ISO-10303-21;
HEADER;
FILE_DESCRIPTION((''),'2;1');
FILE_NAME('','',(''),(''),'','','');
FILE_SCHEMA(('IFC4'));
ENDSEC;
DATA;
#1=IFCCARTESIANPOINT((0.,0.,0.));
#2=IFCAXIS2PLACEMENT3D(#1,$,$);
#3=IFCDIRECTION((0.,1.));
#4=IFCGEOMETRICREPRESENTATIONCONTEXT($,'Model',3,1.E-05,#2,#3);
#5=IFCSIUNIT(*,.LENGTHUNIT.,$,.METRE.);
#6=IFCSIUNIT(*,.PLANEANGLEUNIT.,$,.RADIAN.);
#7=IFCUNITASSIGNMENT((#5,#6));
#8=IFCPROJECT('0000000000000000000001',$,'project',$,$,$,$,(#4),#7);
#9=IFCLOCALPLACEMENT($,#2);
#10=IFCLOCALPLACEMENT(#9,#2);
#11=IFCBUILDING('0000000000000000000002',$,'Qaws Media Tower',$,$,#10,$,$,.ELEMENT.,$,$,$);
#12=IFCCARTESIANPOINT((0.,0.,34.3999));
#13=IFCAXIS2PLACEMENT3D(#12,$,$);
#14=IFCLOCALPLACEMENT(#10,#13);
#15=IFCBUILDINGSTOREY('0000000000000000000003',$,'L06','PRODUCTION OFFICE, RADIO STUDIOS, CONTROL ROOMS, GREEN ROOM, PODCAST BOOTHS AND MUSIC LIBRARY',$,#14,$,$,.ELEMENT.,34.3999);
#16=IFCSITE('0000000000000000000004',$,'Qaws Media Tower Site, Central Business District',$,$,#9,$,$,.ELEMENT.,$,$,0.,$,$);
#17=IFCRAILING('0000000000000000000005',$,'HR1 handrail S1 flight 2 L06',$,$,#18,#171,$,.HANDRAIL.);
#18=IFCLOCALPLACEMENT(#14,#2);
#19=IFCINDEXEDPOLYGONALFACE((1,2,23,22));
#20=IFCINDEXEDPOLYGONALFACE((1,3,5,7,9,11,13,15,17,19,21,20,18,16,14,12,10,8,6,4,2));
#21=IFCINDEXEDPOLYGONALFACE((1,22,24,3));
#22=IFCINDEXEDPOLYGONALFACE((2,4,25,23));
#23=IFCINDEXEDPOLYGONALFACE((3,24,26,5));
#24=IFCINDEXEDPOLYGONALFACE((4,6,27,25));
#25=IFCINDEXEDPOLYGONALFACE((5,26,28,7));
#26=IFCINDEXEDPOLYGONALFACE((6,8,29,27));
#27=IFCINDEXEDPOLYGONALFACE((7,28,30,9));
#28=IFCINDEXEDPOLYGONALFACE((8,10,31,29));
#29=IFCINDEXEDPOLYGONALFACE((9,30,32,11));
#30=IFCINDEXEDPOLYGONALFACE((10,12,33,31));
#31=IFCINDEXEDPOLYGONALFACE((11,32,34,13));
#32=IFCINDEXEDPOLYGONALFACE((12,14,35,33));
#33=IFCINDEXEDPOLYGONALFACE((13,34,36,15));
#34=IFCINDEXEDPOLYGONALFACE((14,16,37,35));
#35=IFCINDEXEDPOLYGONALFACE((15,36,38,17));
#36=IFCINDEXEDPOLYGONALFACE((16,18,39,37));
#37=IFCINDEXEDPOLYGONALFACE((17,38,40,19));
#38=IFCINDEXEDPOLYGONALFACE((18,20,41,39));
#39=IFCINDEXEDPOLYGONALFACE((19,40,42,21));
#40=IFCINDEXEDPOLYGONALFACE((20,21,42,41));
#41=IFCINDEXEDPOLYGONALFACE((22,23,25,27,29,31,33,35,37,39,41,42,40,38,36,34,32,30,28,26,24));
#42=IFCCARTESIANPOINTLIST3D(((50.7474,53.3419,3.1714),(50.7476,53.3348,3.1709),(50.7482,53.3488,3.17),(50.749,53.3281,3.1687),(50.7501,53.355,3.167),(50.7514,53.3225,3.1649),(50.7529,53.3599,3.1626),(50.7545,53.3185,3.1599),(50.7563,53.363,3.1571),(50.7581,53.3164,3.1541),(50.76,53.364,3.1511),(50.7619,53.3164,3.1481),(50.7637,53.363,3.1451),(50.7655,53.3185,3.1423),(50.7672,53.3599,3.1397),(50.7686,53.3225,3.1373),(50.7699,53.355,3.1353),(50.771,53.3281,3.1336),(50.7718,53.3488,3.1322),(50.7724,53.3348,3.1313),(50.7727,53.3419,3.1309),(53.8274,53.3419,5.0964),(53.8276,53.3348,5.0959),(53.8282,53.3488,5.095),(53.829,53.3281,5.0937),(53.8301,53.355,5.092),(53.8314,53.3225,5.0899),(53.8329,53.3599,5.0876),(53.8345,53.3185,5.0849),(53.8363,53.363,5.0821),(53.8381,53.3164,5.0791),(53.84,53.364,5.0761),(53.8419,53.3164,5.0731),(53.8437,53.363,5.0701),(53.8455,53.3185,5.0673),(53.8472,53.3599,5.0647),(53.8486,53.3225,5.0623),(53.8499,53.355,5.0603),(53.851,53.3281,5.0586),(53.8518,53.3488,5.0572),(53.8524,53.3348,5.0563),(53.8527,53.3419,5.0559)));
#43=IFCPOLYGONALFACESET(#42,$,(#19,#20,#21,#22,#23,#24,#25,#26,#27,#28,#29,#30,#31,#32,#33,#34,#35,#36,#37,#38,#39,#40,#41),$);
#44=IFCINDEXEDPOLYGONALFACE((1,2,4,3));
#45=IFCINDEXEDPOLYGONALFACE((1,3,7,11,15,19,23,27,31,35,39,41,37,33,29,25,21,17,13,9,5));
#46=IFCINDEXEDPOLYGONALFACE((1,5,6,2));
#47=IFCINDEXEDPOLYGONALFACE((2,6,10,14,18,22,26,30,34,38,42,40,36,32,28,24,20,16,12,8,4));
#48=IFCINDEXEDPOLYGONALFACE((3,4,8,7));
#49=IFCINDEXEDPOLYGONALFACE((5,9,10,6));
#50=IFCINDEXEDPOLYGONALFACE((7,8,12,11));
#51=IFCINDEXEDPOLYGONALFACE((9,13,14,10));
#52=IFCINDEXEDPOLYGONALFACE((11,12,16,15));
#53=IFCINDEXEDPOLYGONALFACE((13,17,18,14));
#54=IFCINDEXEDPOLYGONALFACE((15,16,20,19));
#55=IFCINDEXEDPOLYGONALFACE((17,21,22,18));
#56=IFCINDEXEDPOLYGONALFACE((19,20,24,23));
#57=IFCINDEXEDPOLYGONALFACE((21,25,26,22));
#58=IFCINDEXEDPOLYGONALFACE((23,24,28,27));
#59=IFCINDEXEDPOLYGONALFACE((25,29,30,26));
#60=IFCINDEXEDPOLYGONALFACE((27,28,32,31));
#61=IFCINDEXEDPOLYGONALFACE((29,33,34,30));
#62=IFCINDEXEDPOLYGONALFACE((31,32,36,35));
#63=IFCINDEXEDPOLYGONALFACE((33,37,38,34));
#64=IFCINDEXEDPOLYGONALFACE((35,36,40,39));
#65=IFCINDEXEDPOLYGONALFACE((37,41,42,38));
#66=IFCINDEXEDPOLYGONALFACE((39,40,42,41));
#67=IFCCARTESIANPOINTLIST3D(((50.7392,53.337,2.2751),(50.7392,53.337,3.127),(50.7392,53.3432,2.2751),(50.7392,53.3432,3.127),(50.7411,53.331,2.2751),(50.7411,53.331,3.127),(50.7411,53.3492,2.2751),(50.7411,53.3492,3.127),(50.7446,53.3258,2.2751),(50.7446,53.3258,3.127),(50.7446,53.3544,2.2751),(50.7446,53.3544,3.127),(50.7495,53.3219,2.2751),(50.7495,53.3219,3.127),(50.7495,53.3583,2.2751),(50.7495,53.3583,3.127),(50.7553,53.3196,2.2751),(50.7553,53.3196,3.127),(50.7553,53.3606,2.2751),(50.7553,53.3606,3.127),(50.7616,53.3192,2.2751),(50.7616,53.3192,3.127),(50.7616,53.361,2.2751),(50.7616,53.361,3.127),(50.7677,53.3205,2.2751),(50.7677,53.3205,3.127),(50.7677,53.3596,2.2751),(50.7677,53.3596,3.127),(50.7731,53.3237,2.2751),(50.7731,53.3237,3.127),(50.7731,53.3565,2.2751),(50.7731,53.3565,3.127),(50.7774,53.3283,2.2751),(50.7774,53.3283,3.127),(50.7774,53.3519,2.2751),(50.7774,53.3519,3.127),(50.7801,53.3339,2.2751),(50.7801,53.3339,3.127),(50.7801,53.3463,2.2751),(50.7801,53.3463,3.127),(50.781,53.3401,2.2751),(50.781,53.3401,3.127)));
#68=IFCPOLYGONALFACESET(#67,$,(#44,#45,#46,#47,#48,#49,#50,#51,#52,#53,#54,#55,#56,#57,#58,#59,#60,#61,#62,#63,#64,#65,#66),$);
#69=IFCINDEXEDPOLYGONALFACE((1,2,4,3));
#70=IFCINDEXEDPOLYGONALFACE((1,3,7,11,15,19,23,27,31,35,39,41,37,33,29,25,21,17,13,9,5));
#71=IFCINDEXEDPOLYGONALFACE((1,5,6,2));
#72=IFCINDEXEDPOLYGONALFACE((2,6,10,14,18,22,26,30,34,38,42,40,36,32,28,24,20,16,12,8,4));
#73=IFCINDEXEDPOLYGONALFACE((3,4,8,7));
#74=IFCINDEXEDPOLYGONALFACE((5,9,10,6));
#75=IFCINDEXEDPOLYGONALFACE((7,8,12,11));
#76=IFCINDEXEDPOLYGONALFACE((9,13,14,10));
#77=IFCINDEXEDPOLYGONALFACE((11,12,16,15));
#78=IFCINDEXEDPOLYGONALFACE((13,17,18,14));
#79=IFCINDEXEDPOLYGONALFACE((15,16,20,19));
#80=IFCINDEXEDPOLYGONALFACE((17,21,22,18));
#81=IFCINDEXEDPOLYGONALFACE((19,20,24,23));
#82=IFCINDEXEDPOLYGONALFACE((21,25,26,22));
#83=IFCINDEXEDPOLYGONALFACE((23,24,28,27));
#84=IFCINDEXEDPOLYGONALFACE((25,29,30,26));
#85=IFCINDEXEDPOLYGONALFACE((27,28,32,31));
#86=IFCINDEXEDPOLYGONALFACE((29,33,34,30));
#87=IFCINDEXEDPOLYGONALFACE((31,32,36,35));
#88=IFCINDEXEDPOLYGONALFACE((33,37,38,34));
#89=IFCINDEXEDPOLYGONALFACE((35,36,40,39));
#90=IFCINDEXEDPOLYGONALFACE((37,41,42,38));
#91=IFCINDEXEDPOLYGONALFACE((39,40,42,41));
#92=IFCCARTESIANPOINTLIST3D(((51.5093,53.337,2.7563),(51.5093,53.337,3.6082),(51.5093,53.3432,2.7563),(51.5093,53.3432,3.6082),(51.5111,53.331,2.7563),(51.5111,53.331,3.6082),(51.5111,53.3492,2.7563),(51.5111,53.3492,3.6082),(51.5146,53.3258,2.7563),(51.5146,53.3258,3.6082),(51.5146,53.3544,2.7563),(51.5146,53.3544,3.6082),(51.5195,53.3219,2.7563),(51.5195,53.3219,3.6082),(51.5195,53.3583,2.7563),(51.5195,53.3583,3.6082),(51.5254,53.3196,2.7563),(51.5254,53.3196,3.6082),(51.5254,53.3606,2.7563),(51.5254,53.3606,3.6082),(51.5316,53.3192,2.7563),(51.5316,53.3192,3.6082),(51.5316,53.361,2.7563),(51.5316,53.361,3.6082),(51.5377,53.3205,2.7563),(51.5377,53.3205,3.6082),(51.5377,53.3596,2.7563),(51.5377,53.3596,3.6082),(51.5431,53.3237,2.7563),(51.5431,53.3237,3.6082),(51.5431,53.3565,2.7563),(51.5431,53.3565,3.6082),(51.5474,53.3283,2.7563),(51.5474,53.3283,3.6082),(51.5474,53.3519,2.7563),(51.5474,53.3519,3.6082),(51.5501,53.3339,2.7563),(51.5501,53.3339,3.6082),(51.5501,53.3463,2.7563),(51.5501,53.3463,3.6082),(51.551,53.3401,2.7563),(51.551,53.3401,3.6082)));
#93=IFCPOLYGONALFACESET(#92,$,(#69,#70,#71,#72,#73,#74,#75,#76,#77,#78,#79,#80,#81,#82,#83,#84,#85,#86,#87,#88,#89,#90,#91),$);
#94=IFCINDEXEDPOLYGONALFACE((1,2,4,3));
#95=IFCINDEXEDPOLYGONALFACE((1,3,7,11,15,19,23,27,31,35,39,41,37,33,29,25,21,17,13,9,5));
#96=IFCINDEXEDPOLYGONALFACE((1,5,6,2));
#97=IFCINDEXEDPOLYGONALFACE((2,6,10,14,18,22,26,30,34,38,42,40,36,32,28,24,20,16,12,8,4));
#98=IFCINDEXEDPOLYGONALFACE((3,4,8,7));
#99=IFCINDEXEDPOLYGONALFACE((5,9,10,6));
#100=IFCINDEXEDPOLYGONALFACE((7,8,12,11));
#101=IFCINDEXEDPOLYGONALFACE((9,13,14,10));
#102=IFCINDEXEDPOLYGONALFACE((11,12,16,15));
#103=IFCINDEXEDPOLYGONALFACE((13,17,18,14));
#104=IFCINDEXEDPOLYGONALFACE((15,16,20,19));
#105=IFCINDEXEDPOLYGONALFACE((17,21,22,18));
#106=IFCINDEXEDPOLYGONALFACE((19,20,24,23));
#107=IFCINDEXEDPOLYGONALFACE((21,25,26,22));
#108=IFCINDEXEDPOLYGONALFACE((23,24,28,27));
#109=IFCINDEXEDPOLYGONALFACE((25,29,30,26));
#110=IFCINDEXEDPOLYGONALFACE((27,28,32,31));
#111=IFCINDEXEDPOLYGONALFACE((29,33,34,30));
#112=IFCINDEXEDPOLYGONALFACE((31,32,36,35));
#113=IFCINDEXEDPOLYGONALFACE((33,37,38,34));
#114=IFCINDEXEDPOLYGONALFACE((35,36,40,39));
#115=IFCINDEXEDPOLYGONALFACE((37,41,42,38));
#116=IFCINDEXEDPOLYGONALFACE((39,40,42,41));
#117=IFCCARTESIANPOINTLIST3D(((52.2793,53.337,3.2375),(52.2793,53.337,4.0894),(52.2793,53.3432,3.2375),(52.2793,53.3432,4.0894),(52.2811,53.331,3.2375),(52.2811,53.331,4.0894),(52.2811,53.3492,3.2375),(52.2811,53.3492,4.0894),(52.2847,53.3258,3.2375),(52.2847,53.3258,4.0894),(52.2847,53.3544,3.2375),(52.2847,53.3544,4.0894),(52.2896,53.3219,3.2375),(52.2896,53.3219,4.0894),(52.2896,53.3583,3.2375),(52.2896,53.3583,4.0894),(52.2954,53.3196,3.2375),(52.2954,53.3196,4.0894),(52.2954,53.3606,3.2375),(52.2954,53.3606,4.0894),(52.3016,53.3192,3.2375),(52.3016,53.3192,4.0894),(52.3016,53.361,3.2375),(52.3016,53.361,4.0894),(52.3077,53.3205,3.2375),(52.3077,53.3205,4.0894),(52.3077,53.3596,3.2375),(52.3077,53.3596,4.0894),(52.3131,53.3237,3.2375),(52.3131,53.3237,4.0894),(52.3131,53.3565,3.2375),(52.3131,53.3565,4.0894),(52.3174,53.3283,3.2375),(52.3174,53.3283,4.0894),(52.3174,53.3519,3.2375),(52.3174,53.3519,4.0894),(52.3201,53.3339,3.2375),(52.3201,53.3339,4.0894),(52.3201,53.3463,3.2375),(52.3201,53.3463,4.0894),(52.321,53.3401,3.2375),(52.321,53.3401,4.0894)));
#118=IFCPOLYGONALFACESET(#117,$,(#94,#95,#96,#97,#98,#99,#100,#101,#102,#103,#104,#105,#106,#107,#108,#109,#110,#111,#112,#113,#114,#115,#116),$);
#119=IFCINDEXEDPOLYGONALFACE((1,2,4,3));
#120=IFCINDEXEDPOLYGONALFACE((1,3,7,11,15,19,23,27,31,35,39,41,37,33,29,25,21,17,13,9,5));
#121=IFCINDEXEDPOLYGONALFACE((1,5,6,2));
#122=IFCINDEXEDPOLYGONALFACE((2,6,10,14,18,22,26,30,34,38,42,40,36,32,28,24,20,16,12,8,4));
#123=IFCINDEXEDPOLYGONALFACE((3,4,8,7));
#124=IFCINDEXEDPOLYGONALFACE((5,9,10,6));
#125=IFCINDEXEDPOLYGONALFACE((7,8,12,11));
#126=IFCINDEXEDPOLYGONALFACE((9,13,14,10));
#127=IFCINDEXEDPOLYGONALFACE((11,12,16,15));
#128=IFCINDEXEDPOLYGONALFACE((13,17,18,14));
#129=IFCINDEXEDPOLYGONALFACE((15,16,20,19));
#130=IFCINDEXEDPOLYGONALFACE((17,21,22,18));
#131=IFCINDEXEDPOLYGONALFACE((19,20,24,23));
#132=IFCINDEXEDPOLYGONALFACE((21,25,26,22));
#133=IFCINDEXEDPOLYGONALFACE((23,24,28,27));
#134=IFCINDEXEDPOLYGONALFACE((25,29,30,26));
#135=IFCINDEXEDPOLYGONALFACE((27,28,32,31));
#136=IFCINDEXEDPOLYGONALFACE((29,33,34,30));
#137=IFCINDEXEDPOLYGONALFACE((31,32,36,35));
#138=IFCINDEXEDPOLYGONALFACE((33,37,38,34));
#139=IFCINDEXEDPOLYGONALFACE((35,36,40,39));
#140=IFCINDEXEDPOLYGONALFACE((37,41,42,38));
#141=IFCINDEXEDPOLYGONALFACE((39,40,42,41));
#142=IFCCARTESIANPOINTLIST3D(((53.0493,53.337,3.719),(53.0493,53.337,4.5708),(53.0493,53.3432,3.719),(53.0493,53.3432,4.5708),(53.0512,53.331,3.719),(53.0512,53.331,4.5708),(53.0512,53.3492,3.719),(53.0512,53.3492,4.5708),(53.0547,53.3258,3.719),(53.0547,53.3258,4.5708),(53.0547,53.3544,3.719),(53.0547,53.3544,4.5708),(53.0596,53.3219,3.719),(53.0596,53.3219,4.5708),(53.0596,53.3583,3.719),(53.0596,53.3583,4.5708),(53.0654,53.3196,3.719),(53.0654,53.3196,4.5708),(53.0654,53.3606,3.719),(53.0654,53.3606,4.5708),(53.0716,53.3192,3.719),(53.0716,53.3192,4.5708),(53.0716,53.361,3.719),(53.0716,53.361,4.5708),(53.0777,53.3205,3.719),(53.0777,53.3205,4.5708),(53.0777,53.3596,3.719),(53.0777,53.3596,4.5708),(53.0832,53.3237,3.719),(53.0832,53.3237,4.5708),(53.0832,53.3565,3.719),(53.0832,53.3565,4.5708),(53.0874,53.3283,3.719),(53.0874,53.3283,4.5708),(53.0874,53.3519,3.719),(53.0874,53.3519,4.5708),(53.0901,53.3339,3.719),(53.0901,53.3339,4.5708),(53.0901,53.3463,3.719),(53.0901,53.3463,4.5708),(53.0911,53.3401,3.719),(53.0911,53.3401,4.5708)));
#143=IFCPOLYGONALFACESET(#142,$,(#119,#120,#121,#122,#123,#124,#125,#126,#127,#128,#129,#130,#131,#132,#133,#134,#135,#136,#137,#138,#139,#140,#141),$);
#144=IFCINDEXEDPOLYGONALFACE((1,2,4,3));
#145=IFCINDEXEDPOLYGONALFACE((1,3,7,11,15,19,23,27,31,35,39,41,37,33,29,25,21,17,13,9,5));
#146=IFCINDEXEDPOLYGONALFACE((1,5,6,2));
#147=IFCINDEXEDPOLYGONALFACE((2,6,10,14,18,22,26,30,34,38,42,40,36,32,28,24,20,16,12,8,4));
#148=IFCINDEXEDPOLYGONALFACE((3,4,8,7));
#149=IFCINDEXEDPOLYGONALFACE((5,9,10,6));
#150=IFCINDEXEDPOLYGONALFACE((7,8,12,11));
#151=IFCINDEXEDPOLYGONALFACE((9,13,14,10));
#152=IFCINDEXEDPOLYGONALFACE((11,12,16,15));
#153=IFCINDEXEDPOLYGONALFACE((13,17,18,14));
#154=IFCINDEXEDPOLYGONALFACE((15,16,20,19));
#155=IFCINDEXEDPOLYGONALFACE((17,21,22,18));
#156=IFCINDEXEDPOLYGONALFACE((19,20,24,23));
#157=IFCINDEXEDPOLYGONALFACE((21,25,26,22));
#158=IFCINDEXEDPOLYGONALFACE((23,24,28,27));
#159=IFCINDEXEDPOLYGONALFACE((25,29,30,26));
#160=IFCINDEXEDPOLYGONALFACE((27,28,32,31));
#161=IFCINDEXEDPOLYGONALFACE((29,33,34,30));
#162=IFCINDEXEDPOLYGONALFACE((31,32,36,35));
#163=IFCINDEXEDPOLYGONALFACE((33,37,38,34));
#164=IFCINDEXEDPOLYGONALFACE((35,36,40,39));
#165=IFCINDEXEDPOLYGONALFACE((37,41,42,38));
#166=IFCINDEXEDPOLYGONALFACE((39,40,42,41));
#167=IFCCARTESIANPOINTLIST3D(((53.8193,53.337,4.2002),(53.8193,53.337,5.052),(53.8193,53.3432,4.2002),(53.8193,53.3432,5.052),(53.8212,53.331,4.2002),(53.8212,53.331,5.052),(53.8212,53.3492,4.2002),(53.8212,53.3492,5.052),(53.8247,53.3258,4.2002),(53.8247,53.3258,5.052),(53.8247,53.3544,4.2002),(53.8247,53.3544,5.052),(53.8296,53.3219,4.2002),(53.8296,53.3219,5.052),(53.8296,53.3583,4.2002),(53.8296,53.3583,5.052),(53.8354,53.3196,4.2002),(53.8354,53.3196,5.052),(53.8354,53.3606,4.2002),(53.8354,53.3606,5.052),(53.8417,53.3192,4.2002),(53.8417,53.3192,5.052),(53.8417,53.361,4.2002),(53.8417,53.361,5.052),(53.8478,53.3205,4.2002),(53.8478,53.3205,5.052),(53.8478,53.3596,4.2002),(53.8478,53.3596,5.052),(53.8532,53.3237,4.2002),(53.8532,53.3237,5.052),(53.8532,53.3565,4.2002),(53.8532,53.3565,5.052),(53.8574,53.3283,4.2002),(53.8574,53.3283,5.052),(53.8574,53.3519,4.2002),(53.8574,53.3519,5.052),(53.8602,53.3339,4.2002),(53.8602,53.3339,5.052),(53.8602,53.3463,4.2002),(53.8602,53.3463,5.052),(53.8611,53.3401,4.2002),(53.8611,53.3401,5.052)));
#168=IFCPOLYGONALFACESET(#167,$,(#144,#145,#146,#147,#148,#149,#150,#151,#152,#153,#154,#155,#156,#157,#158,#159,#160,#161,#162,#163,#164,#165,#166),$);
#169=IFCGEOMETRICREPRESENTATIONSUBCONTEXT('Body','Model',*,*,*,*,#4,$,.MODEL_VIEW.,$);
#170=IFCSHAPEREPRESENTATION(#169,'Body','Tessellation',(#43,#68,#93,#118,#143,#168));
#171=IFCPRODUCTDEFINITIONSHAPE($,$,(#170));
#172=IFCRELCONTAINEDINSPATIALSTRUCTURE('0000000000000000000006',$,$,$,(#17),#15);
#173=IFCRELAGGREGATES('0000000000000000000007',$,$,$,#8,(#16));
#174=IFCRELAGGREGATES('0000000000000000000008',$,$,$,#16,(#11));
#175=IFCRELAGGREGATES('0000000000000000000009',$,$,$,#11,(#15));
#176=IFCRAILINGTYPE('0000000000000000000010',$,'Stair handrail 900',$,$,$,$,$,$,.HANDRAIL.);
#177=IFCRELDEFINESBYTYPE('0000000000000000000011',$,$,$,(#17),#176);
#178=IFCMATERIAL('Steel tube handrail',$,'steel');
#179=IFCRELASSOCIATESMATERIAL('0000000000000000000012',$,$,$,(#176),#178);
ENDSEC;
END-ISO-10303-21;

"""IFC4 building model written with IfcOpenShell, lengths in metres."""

from ifc_helpers import new_model, si_unit, direction, frame, origin, origin_2d, place, context, subcontext, project, spatial, circle, extrude, material, type_object, element, save


model = new_model("IFC4")

# Units and contexts
model_context = context("Model", 3, precision=1e-05, world=origin(), true_north=direction((0.0, 1.0)))
body_context = subcontext(model_context, "Body", "Model", "MODEL_VIEW")
ifc_project = project(units=[si_unit("LENGTHUNIT", "METRE"), si_unit("PLANEANGLEUNIT", "RADIAN")], contexts=[model_context])

# Site, building, storey
site_placement = place(None, origin())
site = spatial("IfcSite", under=ifc_project, at=site_placement, Name="Qaws Media Tower Site, Central Business District", CompositionType="ELEMENT", RefElevation=0.0)
building_placement = place(site_placement, origin())
building = spatial("IfcBuilding", under=site, at=building_placement, Name="Qaws Media Tower", CompositionType="ELEMENT")
storey_placement = place(building_placement, frame((0.0, 0.0, 34.3999)))
storey = spatial("IfcBuildingStorey", under=building, at=storey_placement, Name="L06", Description="PRODUCTION OFFICE, RADIO STUDIOS, CONTROL ROOMS, GREEN ROOM, PODCAST BOOTHS AND MUSIC LIBRARY", CompositionType="ELEMENT", Elevation=34.3999)

# Railing
ifc_material_1 = material(Name="Steel tube handrail", Category="steel")
railing_type = type_object("IfcRailingType", Name="Stair handrail 900", PredefinedType="HANDRAIL", material=ifc_material_1)
for number, where, name in (
    (1, (50.76, 53.3401, 2.2751), "HR1 handrail S1 flight 2 L06"),
):
    element("IfcRailing", number, at=place(storey_placement, frame(where)), inside=storey, type_object=railing_type, Name=name, PredefinedType="HANDRAIL", context=body_context, shape_type="SweptSolid", body=[
        extrude(circle(Radius=0.0239, at=origin_2d()), frame((0.0, 0.0, 0.876), z_axis=(0.847998, 0.0, 0.529999), x_axis=(0.0, 1.0, 0.0)), (0.0, 0.0, 1.0), 3.6321),
        extrude(circle(Radius=0.021, at=origin_2d()), origin(), (0.0, 0.0, 1.0), 0.8518),
        extrude(circle(Radius=0.021, at=origin_2d()), frame((0.77, 0.0, 0.4812)), (0.0, 0.0, 1.0), 0.8518),
        extrude(circle(Radius=0.021, at=origin_2d()), frame((1.54, 0.0, 0.9624)), (0.0, 0.0, 1.0), 0.8518),
        extrude(circle(Radius=0.021, at=origin_2d()), frame((2.3101, 0.0, 1.4438)), (0.0, 0.0, 1.0), 0.8518),
        extrude(circle(Radius=0.021, at=origin_2d()), frame((3.0801, 0.0, 1.925)), (0.0, 0.0, 1.0), 0.8518),
    ])

save(model, "model.ifc")
